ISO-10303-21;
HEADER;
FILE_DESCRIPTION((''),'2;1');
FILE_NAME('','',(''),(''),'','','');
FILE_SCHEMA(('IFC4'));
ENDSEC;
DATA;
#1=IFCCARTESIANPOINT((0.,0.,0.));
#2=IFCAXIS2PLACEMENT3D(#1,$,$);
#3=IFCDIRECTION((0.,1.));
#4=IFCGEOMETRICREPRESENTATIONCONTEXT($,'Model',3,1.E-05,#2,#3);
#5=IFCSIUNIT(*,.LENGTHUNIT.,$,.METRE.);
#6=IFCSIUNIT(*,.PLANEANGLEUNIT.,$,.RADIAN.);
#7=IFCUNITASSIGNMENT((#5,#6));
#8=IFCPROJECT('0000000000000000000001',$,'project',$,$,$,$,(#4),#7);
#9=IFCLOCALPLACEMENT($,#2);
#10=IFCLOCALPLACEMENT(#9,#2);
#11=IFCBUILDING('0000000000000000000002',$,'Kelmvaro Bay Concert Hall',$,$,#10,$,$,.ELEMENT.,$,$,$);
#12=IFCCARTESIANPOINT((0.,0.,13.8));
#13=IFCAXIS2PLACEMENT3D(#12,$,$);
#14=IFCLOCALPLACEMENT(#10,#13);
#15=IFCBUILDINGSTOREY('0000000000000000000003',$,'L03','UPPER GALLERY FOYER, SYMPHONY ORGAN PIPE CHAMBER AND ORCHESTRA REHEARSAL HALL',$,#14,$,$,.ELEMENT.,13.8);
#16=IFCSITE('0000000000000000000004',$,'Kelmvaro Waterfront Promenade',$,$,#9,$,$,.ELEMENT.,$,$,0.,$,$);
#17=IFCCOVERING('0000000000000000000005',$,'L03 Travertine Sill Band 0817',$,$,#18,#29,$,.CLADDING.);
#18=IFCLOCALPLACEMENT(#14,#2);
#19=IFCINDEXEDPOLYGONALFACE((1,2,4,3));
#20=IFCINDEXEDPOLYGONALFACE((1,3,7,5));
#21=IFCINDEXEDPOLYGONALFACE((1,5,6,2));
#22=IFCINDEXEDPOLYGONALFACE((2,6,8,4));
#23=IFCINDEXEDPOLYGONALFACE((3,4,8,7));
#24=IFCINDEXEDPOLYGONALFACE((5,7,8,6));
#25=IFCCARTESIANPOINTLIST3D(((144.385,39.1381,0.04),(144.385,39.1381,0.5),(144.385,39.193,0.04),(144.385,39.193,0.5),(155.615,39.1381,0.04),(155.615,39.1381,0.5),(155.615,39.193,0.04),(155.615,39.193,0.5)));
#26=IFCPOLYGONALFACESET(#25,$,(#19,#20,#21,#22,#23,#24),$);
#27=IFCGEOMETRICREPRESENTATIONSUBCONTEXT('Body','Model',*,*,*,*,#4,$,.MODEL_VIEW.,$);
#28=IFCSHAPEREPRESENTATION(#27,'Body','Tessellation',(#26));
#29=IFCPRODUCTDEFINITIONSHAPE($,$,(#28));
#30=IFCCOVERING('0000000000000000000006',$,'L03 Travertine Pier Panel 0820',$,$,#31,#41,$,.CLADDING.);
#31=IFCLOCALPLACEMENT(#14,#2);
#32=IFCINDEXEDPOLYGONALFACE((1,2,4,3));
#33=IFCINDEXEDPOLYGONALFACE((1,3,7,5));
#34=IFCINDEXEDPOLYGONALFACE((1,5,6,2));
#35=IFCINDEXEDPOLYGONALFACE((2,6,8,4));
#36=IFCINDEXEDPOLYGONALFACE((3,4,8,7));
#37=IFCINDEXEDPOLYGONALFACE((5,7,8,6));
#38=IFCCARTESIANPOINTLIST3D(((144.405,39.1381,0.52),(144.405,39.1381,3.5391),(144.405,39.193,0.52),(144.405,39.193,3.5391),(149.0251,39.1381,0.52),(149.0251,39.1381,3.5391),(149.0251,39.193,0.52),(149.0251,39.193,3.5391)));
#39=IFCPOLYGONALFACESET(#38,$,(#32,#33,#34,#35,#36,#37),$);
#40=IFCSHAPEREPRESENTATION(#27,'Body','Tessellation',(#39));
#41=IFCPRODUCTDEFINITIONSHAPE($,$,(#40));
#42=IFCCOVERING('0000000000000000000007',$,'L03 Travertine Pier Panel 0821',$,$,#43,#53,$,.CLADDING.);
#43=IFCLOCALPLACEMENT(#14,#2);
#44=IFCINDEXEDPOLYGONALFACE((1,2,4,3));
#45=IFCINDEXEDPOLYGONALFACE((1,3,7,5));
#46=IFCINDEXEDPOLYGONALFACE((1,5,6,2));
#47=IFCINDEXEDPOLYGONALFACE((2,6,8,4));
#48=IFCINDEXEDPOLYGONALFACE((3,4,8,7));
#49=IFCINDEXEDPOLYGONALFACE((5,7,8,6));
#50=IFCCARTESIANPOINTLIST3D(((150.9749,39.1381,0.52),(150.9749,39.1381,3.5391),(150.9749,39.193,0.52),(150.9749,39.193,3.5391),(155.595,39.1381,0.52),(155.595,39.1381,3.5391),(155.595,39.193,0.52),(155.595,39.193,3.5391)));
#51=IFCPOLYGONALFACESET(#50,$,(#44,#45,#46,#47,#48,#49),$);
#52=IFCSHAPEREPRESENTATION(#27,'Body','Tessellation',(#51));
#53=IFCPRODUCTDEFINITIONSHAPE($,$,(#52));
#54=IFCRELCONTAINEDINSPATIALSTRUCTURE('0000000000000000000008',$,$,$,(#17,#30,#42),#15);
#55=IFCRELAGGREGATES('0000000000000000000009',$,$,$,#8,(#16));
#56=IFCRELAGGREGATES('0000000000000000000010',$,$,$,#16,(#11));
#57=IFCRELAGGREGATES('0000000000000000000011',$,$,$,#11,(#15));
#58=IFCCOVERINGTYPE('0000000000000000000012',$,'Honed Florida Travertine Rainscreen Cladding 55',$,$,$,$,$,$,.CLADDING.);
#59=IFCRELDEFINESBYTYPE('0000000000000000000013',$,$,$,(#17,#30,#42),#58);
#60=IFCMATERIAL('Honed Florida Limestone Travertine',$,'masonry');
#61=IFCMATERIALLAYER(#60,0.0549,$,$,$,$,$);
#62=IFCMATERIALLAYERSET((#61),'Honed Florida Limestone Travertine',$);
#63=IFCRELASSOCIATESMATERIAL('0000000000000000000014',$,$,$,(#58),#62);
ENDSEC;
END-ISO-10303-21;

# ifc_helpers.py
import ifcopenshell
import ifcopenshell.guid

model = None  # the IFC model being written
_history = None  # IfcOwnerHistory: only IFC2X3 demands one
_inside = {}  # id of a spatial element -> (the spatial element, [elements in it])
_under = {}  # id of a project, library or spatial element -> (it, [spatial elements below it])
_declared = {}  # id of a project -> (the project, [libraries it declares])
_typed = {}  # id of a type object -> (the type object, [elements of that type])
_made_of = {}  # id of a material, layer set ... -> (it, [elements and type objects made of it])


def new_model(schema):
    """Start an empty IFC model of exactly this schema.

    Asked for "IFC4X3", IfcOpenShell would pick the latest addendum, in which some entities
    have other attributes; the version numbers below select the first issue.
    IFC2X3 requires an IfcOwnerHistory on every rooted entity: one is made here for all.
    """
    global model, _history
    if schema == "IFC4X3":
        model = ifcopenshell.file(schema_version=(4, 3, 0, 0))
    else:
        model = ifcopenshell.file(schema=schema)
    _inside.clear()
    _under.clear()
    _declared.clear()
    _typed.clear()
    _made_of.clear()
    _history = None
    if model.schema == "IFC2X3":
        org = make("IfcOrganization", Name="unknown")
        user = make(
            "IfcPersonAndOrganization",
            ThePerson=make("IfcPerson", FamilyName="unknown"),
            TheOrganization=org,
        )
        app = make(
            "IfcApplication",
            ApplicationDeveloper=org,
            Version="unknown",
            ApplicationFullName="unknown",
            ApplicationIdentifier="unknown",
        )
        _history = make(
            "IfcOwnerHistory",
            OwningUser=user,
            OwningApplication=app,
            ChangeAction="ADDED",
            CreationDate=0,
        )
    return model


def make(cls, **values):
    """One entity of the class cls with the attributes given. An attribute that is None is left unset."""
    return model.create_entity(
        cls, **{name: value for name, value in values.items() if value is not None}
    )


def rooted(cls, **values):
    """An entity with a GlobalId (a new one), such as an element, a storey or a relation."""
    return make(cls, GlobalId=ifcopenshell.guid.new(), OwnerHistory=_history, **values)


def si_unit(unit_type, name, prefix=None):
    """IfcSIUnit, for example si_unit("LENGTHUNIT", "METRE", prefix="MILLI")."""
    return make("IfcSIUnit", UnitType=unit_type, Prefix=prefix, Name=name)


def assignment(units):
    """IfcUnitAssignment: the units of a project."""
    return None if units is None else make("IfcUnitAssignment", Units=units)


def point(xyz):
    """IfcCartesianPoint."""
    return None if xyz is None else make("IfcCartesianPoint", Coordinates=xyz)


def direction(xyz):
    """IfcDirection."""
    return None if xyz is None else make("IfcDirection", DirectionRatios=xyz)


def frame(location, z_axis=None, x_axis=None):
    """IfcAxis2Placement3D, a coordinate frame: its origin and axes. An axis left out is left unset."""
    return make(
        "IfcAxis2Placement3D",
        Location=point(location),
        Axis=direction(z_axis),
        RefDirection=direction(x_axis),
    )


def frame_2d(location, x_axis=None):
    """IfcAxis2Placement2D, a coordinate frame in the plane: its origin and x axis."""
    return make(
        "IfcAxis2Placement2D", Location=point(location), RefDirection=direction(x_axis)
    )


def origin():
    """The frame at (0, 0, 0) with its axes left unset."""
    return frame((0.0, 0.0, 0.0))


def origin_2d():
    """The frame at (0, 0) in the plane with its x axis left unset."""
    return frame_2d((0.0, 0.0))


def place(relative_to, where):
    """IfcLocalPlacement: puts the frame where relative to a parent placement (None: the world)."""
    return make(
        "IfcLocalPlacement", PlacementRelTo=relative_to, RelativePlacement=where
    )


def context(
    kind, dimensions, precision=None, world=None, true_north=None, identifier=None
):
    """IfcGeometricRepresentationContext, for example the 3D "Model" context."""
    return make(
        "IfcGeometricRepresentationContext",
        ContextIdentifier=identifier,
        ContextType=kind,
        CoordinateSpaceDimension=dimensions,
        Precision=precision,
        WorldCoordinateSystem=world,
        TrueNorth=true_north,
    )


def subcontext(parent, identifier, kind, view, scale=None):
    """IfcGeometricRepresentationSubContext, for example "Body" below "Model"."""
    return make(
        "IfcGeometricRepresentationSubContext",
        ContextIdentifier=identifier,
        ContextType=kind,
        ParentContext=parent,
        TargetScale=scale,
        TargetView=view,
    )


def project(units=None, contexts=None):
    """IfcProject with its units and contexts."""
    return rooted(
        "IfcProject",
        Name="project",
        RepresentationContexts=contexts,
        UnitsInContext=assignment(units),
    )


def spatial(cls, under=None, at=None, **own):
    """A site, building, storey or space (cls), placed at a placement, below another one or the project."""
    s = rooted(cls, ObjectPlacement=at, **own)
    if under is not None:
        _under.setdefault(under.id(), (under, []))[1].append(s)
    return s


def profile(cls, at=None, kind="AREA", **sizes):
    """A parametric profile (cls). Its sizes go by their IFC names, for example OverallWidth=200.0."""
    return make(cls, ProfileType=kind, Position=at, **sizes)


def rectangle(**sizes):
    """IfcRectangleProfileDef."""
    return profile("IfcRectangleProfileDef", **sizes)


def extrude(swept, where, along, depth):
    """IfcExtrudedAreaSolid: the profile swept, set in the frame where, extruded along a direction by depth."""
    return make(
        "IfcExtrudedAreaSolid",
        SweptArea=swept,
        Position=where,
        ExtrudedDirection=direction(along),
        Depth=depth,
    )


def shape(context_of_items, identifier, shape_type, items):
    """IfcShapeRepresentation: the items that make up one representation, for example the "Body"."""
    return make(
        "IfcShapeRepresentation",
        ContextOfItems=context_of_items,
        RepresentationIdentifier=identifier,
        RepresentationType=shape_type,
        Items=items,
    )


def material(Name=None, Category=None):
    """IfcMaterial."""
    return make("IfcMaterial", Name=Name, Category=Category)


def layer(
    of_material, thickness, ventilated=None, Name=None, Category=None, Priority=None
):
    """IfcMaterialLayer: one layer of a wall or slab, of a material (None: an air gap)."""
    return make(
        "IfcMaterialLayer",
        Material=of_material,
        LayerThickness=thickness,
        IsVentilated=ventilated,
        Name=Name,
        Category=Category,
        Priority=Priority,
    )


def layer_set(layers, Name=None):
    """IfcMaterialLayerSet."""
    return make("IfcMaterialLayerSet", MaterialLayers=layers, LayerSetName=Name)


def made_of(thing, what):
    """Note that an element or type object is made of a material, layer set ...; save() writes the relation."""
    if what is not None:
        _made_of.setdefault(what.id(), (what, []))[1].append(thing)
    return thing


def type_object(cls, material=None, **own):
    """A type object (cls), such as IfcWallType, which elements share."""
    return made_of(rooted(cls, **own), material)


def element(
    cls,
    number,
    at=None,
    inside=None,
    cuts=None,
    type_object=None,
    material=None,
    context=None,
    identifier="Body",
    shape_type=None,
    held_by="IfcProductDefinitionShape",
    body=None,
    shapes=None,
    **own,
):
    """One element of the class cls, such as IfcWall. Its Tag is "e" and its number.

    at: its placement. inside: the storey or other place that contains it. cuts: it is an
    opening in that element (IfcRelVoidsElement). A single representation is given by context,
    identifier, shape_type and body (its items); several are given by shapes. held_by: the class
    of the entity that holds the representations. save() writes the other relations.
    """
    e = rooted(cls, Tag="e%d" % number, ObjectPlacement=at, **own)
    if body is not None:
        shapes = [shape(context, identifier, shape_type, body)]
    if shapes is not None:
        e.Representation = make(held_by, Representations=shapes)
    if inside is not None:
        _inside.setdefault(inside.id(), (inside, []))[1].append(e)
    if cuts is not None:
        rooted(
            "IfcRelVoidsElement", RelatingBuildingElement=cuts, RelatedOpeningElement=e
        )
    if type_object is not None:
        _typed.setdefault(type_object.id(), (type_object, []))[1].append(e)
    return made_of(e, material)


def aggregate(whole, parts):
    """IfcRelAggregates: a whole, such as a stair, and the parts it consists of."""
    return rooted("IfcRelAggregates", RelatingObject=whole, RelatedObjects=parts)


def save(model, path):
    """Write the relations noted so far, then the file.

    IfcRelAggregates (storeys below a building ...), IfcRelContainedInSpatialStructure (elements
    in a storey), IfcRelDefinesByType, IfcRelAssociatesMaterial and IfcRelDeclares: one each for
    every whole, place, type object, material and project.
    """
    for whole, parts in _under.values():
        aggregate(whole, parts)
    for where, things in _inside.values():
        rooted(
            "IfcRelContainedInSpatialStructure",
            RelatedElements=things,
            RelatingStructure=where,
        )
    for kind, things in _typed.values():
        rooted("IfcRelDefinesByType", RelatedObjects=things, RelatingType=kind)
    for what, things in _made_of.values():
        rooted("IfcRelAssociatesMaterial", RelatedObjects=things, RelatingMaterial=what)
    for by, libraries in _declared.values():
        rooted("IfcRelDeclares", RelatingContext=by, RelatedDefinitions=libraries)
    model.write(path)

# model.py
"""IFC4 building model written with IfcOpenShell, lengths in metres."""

from ifc_helpers import new_model, si_unit, direction, frame, origin, origin_2d, place, context, subcontext, project, spatial, rectangle, extrude, material, layer, layer_set, type_object, element, save


model = new_model("IFC4")

# Units and contexts
model_context = context("Model", 3, precision=1e-05, world=origin(), true_north=direction((0.0, 1.0)))
body_context = subcontext(model_context, "Body", "Model", "MODEL_VIEW")
ifc_project = project(units=[si_unit("LENGTHUNIT", "METRE"), si_unit("PLANEANGLEUNIT", "RADIAN")], contexts=[model_context])

# Site, building, storey
site_placement = place(None, origin())
site = spatial("IfcSite", under=ifc_project, at=site_placement, Name="Kelmvaro Waterfront Promenade", CompositionType="ELEMENT", RefElevation=0.0)
building_placement = place(site_placement, origin())
building = spatial("IfcBuilding", under=site, at=building_placement, Name="Kelmvaro Bay Concert Hall", CompositionType="ELEMENT")
storey_placement = place(building_placement, frame((0.0, 0.0, 13.8)))
storey = spatial("IfcBuildingStorey", under=building, at=storey_placement, Name="L03", Description="UPPER GALLERY FOYER, SYMPHONY ORGAN PIPE CHAMBER AND ORCHESTRA REHEARSAL HALL", CompositionType="ELEMENT", Elevation=13.8)

# Coverings
ifc_material_1 = material(Name="Honed Florida Limestone Travertine", Category="masonry")
ifc_layer_1 = layer(ifc_material_1, 0.0549)
ifc_layer_set_1 = layer_set([ifc_layer_1], Name="Honed Florida Limestone Travertine")
covering_type_1 = type_object("IfcCoveringType", Name="Honed Florida Travertine Rainscreen Cladding 55", PredefinedType="CLADDING", material=ifc_layer_set_1)
covering_placement = place(storey_placement, frame((150.0, 39.1655, 0.04), z_axis=(0.0, 0.0, 1.0), x_axis=(1.0, 0.0, 0.0)))
element("IfcCovering", 1, at=covering_placement, inside=storey, type_object=covering_type_1, Name="L03 Travertine Sill Band 0817", PredefinedType="CLADDING", context=body_context, shape_type="SweptSolid", body=[
    extrude(rectangle(XDim=11.23, YDim=0.0549, at=origin_2d()), origin(), (0.0, 0.0, 1.0), 0.46),
])
for number, where, z_axis, x_axis, name in (
    (2, (146.7151, 39.1655, 0.52), (0.0, 0.0, 1.0), (1.0, 0.0, 0.0), "L03 Travertine Pier Panel 0820"),
    (3, (153.2849, 39.1655, 0.52), (0.0, 0.0, 1.0), (1.0, 0.0, 0.0), "L03 Travertine Pier Panel 0821"),
):
    element("IfcCovering", number, at=place(storey_placement, frame(where, z_axis=z_axis, x_axis=x_axis)), inside=storey, type_object=covering_type_1, Name=name, PredefinedType="CLADDING", context=body_context, shape_type="SweptSolid", body=[
        extrude(rectangle(XDim=4.6201, YDim=0.0549, at=origin_2d()), origin(), (0.0, 0.0, 1.0), 3.019),
    ])

save(model, "model.ifc")
